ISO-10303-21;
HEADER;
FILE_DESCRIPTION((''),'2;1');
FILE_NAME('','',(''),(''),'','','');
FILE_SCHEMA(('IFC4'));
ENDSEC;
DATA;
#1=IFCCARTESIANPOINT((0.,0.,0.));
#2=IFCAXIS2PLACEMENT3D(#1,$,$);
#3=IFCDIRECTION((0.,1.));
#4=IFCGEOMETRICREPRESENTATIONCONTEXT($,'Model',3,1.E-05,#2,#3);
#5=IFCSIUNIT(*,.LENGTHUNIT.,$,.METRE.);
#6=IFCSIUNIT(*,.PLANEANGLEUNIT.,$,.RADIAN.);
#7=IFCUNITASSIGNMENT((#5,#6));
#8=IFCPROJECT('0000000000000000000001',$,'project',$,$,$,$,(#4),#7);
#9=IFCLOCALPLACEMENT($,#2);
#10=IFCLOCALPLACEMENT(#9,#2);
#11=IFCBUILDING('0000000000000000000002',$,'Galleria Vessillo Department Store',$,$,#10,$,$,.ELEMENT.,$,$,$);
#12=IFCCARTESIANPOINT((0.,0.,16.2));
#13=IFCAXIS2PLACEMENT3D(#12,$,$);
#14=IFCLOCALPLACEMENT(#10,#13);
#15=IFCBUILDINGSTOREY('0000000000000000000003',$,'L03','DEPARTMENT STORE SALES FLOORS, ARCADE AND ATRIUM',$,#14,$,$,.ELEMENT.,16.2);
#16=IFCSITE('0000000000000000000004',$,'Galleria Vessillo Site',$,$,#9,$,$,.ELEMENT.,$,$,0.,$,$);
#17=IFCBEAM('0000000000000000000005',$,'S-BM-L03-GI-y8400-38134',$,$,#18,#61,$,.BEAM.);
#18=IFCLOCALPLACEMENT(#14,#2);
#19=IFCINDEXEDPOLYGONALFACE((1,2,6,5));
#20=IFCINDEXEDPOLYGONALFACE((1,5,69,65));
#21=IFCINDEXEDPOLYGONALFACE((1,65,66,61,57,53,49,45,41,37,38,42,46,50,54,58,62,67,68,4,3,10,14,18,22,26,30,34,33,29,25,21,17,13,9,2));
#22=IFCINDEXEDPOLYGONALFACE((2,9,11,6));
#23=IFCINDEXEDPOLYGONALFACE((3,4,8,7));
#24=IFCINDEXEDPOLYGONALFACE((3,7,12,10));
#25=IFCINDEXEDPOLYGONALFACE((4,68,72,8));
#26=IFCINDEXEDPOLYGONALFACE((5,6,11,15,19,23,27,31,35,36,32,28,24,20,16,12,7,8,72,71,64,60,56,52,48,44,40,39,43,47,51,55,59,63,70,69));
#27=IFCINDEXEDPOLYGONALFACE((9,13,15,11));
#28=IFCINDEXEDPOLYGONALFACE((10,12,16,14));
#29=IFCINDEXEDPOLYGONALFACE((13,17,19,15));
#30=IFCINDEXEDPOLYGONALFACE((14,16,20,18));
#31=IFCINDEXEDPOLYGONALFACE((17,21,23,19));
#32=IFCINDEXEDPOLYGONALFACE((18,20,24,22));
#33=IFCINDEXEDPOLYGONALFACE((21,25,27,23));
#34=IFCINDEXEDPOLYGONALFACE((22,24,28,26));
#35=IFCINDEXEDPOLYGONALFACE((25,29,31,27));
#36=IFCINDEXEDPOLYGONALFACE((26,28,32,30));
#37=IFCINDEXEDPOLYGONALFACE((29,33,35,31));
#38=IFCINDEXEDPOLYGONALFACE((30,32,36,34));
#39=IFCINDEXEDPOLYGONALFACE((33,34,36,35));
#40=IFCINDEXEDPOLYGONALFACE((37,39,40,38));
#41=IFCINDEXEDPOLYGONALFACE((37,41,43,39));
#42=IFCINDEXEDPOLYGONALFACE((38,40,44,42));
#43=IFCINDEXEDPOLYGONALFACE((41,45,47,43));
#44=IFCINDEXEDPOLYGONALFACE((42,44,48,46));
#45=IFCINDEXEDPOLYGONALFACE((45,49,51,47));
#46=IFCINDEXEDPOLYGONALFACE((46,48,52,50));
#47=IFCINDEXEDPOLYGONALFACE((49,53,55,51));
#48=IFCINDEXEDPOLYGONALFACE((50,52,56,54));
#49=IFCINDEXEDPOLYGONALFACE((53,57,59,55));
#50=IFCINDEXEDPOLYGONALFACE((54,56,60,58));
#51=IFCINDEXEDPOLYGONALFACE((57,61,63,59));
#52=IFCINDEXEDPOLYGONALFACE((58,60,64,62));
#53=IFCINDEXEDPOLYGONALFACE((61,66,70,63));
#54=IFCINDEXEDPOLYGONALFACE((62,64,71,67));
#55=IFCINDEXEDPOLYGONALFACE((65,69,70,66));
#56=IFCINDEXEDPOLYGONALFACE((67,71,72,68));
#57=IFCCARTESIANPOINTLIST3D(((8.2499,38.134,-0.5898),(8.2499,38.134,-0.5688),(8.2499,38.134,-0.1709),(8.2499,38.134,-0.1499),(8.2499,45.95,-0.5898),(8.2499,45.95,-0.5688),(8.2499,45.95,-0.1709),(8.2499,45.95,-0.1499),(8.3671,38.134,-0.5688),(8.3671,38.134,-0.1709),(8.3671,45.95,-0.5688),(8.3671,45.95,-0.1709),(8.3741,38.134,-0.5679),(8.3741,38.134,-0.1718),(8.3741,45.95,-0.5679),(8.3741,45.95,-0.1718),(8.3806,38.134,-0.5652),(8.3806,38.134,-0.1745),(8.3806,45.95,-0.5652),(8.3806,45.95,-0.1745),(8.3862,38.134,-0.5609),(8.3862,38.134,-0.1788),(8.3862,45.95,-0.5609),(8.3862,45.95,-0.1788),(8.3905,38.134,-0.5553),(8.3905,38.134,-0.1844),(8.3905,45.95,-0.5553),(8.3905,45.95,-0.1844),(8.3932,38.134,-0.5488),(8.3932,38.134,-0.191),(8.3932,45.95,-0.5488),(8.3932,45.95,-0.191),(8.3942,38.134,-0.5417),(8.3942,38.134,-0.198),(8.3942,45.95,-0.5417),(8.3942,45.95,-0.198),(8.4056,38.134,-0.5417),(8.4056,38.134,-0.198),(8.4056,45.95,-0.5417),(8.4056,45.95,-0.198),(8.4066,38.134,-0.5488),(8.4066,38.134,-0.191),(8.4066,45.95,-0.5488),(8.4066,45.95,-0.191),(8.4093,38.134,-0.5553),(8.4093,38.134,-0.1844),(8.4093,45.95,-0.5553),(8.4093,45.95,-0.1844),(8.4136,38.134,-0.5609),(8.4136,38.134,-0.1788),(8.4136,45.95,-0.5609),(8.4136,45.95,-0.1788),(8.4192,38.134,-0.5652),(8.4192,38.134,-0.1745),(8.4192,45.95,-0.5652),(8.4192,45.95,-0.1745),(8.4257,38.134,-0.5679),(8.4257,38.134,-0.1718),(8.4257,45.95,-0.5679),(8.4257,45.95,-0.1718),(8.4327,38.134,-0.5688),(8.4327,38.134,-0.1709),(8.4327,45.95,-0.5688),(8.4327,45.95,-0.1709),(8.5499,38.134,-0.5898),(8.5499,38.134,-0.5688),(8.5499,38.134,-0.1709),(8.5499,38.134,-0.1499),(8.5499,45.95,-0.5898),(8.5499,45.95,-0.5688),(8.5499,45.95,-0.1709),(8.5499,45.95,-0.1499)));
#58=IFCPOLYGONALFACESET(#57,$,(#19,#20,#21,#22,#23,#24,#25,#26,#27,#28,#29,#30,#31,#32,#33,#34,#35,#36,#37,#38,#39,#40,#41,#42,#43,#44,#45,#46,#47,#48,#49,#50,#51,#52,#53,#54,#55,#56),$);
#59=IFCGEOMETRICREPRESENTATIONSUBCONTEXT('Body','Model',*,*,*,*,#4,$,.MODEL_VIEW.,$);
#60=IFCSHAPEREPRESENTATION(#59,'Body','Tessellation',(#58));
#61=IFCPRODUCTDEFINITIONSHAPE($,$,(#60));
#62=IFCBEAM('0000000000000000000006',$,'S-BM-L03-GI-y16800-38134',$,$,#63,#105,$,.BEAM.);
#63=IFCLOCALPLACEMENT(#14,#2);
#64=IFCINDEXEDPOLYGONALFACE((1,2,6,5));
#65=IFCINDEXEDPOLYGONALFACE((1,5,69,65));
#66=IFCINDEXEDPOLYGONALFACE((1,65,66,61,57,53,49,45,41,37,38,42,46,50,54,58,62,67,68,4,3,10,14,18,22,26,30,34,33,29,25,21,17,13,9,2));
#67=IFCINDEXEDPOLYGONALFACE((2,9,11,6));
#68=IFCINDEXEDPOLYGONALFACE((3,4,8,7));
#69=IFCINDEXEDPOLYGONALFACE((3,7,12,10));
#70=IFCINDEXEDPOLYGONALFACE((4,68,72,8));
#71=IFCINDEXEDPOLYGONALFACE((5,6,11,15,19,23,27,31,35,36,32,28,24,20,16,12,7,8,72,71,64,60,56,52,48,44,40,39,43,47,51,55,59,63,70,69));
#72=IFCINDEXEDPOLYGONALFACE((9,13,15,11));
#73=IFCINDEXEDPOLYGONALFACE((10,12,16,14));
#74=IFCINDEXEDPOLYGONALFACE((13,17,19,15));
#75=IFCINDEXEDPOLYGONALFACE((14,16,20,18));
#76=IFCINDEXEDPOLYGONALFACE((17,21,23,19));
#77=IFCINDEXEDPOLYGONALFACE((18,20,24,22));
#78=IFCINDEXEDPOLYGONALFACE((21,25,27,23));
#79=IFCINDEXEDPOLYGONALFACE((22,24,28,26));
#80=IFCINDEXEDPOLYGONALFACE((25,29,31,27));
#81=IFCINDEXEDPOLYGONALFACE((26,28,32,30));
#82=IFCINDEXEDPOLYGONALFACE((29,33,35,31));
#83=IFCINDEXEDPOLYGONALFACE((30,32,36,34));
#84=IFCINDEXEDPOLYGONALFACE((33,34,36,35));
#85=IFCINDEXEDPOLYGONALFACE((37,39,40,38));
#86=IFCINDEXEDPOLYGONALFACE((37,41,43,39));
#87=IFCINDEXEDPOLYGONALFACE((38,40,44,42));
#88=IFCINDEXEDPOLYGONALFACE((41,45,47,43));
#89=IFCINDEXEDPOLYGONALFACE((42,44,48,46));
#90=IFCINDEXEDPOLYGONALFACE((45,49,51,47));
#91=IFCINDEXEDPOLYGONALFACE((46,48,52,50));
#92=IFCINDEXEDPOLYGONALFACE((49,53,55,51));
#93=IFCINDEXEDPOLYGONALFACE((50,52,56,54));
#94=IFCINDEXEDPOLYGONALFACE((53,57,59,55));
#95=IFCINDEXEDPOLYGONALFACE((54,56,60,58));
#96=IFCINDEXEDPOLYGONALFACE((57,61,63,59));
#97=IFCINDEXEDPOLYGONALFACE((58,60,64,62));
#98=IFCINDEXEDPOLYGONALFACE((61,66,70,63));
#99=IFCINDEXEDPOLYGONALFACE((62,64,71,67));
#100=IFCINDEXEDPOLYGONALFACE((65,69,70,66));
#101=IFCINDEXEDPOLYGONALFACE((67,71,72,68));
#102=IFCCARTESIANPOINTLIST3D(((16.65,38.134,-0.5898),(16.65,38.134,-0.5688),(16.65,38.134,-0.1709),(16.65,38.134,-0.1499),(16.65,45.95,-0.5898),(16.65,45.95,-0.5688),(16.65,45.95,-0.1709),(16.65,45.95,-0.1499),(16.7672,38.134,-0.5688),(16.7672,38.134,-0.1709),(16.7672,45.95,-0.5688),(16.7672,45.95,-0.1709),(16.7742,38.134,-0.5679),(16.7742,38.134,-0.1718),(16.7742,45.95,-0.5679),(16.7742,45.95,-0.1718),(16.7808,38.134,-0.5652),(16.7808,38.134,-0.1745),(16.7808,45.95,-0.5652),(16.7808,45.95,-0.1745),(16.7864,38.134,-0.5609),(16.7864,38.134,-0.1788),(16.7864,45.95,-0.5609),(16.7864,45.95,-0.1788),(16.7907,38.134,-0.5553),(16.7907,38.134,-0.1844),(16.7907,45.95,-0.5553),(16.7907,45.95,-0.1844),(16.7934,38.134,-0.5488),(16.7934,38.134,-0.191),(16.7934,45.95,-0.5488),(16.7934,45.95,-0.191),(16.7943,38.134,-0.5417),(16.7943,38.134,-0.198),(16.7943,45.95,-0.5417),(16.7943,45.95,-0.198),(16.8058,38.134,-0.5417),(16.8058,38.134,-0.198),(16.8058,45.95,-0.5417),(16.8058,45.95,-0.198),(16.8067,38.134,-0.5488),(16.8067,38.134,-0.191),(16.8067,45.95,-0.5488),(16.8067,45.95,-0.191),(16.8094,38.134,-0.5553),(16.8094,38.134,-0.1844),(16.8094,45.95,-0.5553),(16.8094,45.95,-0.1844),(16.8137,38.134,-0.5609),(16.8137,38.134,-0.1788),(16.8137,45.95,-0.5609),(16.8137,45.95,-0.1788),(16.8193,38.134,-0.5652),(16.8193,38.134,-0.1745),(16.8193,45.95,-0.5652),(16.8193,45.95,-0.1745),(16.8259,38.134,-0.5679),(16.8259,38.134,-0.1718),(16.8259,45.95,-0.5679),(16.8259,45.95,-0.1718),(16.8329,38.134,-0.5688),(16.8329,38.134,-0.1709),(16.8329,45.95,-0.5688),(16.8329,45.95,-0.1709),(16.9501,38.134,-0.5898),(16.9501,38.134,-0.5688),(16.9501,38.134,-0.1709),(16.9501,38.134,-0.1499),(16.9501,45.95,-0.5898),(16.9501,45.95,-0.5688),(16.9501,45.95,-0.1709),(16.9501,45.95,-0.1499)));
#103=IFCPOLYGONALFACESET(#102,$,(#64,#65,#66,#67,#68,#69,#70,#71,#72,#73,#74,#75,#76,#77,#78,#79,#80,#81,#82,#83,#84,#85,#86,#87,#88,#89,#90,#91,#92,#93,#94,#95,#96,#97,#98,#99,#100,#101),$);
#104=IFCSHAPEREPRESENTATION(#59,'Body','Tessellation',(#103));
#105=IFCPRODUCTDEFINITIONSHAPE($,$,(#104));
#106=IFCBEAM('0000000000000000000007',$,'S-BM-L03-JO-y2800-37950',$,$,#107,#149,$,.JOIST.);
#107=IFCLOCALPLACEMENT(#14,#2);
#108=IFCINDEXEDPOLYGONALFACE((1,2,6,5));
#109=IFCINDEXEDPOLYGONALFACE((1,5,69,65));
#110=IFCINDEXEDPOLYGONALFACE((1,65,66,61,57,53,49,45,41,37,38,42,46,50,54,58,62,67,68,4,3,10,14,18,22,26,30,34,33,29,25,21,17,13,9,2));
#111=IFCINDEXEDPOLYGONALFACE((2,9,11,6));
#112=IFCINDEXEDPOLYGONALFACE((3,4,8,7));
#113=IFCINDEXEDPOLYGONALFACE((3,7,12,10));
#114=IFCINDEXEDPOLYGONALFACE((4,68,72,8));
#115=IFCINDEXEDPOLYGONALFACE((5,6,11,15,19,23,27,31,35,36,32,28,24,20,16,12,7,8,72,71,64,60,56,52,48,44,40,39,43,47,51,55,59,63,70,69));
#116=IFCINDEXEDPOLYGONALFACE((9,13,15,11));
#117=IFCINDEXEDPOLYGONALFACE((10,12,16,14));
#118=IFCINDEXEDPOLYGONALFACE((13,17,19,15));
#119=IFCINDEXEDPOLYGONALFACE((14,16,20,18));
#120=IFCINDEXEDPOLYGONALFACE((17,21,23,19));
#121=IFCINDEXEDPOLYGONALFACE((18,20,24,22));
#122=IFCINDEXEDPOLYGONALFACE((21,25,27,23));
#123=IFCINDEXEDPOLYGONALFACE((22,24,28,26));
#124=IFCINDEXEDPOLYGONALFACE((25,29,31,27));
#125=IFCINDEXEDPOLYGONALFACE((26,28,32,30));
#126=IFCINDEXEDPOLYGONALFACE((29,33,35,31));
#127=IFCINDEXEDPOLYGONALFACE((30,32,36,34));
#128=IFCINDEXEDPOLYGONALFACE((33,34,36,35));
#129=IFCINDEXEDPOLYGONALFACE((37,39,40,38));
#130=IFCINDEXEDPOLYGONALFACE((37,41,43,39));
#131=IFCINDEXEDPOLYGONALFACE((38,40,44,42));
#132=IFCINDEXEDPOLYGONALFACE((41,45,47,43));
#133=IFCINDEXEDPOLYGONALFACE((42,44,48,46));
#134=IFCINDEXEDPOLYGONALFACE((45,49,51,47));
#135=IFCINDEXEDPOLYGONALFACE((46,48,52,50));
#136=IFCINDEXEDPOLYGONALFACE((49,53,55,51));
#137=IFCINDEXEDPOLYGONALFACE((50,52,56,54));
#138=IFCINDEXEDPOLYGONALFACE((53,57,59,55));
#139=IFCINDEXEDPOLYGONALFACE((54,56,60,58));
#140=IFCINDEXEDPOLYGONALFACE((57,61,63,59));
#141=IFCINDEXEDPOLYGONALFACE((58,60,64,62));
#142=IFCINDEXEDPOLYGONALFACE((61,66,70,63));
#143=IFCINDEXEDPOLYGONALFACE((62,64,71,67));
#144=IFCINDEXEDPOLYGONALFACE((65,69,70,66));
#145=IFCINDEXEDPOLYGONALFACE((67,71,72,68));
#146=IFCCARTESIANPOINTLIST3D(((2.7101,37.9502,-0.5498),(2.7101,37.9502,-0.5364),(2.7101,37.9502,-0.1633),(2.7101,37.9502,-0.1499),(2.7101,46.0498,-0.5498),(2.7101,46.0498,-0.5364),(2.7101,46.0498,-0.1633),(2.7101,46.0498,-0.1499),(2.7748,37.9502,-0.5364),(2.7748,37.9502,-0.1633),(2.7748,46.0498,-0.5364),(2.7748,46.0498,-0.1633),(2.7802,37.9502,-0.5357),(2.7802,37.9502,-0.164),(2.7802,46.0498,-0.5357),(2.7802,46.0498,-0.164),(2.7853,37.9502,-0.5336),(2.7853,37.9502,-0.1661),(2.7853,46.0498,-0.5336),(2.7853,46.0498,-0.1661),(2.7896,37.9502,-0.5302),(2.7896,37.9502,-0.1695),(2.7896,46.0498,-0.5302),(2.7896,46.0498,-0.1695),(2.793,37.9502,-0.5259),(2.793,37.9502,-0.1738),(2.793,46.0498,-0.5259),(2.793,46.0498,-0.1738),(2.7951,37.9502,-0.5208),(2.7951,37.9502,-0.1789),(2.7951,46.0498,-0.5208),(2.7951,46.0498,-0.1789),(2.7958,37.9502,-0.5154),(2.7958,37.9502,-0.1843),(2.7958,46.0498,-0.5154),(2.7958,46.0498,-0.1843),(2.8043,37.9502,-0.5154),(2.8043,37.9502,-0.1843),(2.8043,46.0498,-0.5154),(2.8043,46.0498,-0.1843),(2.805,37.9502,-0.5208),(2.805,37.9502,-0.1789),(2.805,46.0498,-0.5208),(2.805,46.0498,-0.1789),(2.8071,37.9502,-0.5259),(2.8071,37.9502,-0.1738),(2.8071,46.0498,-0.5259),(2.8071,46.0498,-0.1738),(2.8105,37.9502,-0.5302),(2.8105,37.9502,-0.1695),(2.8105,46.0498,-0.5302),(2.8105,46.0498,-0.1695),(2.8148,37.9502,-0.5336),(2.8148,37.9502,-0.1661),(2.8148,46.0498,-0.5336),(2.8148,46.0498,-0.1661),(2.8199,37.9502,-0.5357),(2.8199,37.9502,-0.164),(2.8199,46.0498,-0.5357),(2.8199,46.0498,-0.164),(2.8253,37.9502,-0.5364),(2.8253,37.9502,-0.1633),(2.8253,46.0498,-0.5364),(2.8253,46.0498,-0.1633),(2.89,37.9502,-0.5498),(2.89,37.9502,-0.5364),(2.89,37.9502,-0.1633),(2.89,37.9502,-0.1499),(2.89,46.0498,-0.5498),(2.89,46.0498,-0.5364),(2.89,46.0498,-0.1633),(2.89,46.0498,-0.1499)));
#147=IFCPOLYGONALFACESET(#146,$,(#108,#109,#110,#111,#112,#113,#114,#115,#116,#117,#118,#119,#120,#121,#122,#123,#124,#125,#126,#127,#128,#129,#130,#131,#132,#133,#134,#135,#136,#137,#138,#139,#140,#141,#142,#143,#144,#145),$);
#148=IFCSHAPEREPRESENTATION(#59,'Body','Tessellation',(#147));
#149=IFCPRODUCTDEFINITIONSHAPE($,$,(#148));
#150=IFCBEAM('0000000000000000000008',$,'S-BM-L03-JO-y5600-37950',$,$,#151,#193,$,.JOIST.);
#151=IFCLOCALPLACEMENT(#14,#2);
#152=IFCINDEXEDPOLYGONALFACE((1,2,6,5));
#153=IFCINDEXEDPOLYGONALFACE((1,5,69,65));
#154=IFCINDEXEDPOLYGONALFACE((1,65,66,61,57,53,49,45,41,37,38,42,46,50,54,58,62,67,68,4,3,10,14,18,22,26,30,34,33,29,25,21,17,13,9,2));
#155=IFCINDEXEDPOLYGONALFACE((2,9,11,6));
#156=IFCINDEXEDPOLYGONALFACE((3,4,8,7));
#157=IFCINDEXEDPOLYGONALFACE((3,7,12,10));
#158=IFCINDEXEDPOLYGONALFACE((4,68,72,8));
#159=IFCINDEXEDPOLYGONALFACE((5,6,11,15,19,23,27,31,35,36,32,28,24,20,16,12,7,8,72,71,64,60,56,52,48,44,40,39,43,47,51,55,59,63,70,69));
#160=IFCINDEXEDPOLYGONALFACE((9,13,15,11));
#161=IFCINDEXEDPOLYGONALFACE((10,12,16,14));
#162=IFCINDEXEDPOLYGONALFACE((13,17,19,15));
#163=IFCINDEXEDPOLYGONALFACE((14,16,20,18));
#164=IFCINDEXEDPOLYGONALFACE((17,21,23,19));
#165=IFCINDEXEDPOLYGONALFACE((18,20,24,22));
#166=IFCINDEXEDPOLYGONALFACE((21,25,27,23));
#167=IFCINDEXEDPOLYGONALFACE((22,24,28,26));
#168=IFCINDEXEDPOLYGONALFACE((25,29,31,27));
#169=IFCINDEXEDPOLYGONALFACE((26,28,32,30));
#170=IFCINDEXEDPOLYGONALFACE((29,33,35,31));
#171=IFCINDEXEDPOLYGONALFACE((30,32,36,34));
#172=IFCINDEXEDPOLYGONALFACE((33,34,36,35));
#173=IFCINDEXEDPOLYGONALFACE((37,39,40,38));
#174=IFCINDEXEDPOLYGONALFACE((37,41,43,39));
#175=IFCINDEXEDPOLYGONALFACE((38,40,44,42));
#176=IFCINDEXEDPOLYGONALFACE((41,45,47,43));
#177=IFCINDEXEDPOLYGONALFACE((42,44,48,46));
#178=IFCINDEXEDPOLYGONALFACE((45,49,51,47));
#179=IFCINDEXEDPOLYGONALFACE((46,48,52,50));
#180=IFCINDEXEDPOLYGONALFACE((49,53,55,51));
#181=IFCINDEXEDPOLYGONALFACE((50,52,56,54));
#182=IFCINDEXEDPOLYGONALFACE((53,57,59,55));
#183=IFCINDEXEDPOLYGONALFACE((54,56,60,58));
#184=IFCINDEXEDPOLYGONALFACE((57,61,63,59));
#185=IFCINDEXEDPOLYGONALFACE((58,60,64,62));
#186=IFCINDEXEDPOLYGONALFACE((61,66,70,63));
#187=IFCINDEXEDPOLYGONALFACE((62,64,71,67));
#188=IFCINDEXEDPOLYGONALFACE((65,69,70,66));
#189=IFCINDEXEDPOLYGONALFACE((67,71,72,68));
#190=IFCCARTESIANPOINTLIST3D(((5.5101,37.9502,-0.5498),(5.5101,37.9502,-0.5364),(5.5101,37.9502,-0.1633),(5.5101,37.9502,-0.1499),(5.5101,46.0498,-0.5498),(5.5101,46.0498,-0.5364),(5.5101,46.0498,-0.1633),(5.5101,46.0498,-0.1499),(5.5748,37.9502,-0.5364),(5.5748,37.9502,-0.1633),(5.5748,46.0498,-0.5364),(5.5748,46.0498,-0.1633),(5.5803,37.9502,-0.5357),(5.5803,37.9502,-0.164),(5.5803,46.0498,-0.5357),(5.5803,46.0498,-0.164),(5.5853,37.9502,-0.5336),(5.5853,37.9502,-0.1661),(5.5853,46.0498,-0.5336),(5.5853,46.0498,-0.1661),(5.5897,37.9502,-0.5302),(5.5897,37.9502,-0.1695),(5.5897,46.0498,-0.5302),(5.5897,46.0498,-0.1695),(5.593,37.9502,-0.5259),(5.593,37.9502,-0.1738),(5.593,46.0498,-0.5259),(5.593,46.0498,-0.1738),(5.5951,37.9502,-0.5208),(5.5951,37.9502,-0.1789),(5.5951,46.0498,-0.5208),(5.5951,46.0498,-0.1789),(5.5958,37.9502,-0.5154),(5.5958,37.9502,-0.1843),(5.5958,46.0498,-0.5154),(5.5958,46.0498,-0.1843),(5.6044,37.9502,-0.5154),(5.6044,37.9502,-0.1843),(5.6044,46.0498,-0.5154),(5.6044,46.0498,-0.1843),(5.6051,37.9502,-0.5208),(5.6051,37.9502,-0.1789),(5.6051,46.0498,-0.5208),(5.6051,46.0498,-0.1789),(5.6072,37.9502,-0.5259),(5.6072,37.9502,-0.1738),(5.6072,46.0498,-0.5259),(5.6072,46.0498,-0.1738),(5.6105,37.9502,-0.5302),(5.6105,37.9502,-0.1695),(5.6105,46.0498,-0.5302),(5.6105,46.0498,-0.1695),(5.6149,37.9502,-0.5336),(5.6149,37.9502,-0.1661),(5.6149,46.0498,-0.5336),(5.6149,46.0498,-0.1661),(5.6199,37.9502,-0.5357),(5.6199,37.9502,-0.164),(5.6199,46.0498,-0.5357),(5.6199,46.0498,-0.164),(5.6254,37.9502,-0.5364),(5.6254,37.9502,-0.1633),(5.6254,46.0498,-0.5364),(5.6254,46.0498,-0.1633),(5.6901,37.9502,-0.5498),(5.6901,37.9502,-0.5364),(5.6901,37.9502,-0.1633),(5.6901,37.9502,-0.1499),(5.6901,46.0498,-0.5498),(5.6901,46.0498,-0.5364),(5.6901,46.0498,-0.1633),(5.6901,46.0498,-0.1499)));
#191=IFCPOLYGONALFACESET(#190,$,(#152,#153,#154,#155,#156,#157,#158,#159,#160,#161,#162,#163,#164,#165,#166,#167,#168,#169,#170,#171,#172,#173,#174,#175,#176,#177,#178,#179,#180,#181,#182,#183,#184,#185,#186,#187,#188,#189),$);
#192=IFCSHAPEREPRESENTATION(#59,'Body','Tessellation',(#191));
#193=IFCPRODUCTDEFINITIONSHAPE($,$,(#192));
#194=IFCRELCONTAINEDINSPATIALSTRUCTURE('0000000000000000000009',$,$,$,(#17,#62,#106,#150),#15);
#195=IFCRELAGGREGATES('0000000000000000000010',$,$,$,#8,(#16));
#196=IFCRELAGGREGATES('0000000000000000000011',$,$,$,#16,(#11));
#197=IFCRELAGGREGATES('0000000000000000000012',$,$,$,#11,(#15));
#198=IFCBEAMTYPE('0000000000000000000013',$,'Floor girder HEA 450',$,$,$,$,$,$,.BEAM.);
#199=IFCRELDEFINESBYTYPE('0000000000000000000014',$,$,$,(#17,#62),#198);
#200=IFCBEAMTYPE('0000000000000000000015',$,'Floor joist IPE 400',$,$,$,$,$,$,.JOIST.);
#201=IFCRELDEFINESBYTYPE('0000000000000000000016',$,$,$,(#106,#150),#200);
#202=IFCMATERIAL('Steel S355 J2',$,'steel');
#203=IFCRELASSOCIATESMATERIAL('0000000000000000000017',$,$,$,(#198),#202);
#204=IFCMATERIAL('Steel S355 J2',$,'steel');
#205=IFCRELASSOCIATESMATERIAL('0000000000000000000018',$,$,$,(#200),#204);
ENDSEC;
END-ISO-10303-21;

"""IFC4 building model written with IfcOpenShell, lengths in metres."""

from ifc_helpers import new_model, si_unit, direction, frame, origin, origin_2d, place, context, subcontext, project, spatial, i_section, extrude, material, material_profile, profile_set, type_object, element, save


model = new_model("IFC4")

# Units and contexts
model_context = context("Model", 3, precision=1e-05, world=origin(), true_north=direction((0.0, 1.0)))
body_context = subcontext(model_context, "Body", "Model", "MODEL_VIEW")
ifc_project = project(units=[si_unit("LENGTHUNIT", "METRE"), si_unit("PLANEANGLEUNIT", "RADIAN")], contexts=[model_context])

# Site, building, storey
site_placement = place(None, origin())
site = spatial("IfcSite", under=ifc_project, at=site_placement, Name="Galleria Vessillo Site", CompositionType="ELEMENT", RefElevation=0.0)
building_placement = place(site_placement, origin())
building = spatial("IfcBuilding", under=site, at=building_placement, Name="Galleria Vessillo Department Store", CompositionType="ELEMENT")
storey_placement = place(building_placement, frame((0.0, 0.0, 16.2)))
storey = spatial("IfcBuildingStorey", under=building, at=storey_placement, Name="L03", Description="DEPARTMENT STORE SALES FLOORS, ARCADE AND ATRIUM", CompositionType="ELEMENT", Elevation=16.2)

# Beams
ifc_material_1 = material(Name="Steel S355 J2", Category="steel")
ifc_material_profile_1 = material_profile(ifc_material_1, i_section(OverallWidth=0.3, OverallDepth=0.4399, WebThickness=0.0115, FlangeThickness=0.021, FilletRadius=0.0271, at=origin_2d()), Name="HEA 450")
ifc_profile_set_1 = profile_set([ifc_material_profile_1], Name="Steel S355 J2")
beam_type_1 = type_object("IfcBeamType", Name="Floor girder HEA 450", PredefinedType="BEAM", material=ifc_profile_set_1)
for number, where, z_axis, x_axis, name in (
    (1, (8.3999, 38.134, -0.3699), (0.0, 1.0, 0.0), (-1.0, 0.0, 0.0), "S-BM-L03-GI-y8400-38134"),
    (2, (16.8, 38.134, -0.3699), (0.0, 1.0, 0.0), (-1.0, 0.0, 0.0), "S-BM-L03-GI-y16800-38134"),
):
    element("IfcBeam", number, at=place(storey_placement, frame(where, z_axis=z_axis, x_axis=x_axis)), inside=storey, type_object=beam_type_1, Name=name, PredefinedType="BEAM", context=body_context, shape_type="SweptSolid", body=[
        extrude(i_section(OverallWidth=0.3, OverallDepth=0.4399, WebThickness=0.0115, FlangeThickness=0.021, FilletRadius=0.0271, at=origin_2d()), origin(), (0.0, 0.0, 1.0), 7.8159),
    ])
ifc_material_2 = material(Name="Steel S355 J2", Category="steel")
ifc_material_profile_2 = material_profile(ifc_material_2, i_section(OverallWidth=0.1799, OverallDepth=0.3999, WebThickness=0.0085, FlangeThickness=0.0134, FilletRadius=0.021, at=origin_2d()), Name="IPE 400")
ifc_profile_set_2 = profile_set([ifc_material_profile_2], Name="Steel S355 J2")
beam_type_2 = type_object("IfcBeamType", Name="Floor joist IPE 400", PredefinedType="JOIST", material=ifc_profile_set_2)
for number, where, z_axis, x_axis, name in (
    (3, (2.8, 37.9502, -0.3499), (0.0, 1.0, 0.0), (-1.0, 0.0, 0.0), "S-BM-L03-JO-y2800-37950"),
    (4, (5.6001, 37.9502, -0.3499), (0.0, 1.0, 0.0), (-1.0, 0.0, 0.0), "S-BM-L03-JO-y5600-37950"),
):
    element("IfcBeam", number, at=place(storey_placement, frame(where, z_axis=z_axis, x_axis=x_axis)), inside=storey, type_object=beam_type_2, Name=name, PredefinedType="JOIST", context=body_context, shape_type="SweptSolid", body=[
        extrude(i_section(OverallWidth=0.1799, OverallDepth=0.3999, WebThickness=0.0085, FlangeThickness=0.0134, FilletRadius=0.021, at=origin_2d()), origin(), (0.0, 0.0, 1.0), 8.0996),
    ])

save(model, "model.ifc")
